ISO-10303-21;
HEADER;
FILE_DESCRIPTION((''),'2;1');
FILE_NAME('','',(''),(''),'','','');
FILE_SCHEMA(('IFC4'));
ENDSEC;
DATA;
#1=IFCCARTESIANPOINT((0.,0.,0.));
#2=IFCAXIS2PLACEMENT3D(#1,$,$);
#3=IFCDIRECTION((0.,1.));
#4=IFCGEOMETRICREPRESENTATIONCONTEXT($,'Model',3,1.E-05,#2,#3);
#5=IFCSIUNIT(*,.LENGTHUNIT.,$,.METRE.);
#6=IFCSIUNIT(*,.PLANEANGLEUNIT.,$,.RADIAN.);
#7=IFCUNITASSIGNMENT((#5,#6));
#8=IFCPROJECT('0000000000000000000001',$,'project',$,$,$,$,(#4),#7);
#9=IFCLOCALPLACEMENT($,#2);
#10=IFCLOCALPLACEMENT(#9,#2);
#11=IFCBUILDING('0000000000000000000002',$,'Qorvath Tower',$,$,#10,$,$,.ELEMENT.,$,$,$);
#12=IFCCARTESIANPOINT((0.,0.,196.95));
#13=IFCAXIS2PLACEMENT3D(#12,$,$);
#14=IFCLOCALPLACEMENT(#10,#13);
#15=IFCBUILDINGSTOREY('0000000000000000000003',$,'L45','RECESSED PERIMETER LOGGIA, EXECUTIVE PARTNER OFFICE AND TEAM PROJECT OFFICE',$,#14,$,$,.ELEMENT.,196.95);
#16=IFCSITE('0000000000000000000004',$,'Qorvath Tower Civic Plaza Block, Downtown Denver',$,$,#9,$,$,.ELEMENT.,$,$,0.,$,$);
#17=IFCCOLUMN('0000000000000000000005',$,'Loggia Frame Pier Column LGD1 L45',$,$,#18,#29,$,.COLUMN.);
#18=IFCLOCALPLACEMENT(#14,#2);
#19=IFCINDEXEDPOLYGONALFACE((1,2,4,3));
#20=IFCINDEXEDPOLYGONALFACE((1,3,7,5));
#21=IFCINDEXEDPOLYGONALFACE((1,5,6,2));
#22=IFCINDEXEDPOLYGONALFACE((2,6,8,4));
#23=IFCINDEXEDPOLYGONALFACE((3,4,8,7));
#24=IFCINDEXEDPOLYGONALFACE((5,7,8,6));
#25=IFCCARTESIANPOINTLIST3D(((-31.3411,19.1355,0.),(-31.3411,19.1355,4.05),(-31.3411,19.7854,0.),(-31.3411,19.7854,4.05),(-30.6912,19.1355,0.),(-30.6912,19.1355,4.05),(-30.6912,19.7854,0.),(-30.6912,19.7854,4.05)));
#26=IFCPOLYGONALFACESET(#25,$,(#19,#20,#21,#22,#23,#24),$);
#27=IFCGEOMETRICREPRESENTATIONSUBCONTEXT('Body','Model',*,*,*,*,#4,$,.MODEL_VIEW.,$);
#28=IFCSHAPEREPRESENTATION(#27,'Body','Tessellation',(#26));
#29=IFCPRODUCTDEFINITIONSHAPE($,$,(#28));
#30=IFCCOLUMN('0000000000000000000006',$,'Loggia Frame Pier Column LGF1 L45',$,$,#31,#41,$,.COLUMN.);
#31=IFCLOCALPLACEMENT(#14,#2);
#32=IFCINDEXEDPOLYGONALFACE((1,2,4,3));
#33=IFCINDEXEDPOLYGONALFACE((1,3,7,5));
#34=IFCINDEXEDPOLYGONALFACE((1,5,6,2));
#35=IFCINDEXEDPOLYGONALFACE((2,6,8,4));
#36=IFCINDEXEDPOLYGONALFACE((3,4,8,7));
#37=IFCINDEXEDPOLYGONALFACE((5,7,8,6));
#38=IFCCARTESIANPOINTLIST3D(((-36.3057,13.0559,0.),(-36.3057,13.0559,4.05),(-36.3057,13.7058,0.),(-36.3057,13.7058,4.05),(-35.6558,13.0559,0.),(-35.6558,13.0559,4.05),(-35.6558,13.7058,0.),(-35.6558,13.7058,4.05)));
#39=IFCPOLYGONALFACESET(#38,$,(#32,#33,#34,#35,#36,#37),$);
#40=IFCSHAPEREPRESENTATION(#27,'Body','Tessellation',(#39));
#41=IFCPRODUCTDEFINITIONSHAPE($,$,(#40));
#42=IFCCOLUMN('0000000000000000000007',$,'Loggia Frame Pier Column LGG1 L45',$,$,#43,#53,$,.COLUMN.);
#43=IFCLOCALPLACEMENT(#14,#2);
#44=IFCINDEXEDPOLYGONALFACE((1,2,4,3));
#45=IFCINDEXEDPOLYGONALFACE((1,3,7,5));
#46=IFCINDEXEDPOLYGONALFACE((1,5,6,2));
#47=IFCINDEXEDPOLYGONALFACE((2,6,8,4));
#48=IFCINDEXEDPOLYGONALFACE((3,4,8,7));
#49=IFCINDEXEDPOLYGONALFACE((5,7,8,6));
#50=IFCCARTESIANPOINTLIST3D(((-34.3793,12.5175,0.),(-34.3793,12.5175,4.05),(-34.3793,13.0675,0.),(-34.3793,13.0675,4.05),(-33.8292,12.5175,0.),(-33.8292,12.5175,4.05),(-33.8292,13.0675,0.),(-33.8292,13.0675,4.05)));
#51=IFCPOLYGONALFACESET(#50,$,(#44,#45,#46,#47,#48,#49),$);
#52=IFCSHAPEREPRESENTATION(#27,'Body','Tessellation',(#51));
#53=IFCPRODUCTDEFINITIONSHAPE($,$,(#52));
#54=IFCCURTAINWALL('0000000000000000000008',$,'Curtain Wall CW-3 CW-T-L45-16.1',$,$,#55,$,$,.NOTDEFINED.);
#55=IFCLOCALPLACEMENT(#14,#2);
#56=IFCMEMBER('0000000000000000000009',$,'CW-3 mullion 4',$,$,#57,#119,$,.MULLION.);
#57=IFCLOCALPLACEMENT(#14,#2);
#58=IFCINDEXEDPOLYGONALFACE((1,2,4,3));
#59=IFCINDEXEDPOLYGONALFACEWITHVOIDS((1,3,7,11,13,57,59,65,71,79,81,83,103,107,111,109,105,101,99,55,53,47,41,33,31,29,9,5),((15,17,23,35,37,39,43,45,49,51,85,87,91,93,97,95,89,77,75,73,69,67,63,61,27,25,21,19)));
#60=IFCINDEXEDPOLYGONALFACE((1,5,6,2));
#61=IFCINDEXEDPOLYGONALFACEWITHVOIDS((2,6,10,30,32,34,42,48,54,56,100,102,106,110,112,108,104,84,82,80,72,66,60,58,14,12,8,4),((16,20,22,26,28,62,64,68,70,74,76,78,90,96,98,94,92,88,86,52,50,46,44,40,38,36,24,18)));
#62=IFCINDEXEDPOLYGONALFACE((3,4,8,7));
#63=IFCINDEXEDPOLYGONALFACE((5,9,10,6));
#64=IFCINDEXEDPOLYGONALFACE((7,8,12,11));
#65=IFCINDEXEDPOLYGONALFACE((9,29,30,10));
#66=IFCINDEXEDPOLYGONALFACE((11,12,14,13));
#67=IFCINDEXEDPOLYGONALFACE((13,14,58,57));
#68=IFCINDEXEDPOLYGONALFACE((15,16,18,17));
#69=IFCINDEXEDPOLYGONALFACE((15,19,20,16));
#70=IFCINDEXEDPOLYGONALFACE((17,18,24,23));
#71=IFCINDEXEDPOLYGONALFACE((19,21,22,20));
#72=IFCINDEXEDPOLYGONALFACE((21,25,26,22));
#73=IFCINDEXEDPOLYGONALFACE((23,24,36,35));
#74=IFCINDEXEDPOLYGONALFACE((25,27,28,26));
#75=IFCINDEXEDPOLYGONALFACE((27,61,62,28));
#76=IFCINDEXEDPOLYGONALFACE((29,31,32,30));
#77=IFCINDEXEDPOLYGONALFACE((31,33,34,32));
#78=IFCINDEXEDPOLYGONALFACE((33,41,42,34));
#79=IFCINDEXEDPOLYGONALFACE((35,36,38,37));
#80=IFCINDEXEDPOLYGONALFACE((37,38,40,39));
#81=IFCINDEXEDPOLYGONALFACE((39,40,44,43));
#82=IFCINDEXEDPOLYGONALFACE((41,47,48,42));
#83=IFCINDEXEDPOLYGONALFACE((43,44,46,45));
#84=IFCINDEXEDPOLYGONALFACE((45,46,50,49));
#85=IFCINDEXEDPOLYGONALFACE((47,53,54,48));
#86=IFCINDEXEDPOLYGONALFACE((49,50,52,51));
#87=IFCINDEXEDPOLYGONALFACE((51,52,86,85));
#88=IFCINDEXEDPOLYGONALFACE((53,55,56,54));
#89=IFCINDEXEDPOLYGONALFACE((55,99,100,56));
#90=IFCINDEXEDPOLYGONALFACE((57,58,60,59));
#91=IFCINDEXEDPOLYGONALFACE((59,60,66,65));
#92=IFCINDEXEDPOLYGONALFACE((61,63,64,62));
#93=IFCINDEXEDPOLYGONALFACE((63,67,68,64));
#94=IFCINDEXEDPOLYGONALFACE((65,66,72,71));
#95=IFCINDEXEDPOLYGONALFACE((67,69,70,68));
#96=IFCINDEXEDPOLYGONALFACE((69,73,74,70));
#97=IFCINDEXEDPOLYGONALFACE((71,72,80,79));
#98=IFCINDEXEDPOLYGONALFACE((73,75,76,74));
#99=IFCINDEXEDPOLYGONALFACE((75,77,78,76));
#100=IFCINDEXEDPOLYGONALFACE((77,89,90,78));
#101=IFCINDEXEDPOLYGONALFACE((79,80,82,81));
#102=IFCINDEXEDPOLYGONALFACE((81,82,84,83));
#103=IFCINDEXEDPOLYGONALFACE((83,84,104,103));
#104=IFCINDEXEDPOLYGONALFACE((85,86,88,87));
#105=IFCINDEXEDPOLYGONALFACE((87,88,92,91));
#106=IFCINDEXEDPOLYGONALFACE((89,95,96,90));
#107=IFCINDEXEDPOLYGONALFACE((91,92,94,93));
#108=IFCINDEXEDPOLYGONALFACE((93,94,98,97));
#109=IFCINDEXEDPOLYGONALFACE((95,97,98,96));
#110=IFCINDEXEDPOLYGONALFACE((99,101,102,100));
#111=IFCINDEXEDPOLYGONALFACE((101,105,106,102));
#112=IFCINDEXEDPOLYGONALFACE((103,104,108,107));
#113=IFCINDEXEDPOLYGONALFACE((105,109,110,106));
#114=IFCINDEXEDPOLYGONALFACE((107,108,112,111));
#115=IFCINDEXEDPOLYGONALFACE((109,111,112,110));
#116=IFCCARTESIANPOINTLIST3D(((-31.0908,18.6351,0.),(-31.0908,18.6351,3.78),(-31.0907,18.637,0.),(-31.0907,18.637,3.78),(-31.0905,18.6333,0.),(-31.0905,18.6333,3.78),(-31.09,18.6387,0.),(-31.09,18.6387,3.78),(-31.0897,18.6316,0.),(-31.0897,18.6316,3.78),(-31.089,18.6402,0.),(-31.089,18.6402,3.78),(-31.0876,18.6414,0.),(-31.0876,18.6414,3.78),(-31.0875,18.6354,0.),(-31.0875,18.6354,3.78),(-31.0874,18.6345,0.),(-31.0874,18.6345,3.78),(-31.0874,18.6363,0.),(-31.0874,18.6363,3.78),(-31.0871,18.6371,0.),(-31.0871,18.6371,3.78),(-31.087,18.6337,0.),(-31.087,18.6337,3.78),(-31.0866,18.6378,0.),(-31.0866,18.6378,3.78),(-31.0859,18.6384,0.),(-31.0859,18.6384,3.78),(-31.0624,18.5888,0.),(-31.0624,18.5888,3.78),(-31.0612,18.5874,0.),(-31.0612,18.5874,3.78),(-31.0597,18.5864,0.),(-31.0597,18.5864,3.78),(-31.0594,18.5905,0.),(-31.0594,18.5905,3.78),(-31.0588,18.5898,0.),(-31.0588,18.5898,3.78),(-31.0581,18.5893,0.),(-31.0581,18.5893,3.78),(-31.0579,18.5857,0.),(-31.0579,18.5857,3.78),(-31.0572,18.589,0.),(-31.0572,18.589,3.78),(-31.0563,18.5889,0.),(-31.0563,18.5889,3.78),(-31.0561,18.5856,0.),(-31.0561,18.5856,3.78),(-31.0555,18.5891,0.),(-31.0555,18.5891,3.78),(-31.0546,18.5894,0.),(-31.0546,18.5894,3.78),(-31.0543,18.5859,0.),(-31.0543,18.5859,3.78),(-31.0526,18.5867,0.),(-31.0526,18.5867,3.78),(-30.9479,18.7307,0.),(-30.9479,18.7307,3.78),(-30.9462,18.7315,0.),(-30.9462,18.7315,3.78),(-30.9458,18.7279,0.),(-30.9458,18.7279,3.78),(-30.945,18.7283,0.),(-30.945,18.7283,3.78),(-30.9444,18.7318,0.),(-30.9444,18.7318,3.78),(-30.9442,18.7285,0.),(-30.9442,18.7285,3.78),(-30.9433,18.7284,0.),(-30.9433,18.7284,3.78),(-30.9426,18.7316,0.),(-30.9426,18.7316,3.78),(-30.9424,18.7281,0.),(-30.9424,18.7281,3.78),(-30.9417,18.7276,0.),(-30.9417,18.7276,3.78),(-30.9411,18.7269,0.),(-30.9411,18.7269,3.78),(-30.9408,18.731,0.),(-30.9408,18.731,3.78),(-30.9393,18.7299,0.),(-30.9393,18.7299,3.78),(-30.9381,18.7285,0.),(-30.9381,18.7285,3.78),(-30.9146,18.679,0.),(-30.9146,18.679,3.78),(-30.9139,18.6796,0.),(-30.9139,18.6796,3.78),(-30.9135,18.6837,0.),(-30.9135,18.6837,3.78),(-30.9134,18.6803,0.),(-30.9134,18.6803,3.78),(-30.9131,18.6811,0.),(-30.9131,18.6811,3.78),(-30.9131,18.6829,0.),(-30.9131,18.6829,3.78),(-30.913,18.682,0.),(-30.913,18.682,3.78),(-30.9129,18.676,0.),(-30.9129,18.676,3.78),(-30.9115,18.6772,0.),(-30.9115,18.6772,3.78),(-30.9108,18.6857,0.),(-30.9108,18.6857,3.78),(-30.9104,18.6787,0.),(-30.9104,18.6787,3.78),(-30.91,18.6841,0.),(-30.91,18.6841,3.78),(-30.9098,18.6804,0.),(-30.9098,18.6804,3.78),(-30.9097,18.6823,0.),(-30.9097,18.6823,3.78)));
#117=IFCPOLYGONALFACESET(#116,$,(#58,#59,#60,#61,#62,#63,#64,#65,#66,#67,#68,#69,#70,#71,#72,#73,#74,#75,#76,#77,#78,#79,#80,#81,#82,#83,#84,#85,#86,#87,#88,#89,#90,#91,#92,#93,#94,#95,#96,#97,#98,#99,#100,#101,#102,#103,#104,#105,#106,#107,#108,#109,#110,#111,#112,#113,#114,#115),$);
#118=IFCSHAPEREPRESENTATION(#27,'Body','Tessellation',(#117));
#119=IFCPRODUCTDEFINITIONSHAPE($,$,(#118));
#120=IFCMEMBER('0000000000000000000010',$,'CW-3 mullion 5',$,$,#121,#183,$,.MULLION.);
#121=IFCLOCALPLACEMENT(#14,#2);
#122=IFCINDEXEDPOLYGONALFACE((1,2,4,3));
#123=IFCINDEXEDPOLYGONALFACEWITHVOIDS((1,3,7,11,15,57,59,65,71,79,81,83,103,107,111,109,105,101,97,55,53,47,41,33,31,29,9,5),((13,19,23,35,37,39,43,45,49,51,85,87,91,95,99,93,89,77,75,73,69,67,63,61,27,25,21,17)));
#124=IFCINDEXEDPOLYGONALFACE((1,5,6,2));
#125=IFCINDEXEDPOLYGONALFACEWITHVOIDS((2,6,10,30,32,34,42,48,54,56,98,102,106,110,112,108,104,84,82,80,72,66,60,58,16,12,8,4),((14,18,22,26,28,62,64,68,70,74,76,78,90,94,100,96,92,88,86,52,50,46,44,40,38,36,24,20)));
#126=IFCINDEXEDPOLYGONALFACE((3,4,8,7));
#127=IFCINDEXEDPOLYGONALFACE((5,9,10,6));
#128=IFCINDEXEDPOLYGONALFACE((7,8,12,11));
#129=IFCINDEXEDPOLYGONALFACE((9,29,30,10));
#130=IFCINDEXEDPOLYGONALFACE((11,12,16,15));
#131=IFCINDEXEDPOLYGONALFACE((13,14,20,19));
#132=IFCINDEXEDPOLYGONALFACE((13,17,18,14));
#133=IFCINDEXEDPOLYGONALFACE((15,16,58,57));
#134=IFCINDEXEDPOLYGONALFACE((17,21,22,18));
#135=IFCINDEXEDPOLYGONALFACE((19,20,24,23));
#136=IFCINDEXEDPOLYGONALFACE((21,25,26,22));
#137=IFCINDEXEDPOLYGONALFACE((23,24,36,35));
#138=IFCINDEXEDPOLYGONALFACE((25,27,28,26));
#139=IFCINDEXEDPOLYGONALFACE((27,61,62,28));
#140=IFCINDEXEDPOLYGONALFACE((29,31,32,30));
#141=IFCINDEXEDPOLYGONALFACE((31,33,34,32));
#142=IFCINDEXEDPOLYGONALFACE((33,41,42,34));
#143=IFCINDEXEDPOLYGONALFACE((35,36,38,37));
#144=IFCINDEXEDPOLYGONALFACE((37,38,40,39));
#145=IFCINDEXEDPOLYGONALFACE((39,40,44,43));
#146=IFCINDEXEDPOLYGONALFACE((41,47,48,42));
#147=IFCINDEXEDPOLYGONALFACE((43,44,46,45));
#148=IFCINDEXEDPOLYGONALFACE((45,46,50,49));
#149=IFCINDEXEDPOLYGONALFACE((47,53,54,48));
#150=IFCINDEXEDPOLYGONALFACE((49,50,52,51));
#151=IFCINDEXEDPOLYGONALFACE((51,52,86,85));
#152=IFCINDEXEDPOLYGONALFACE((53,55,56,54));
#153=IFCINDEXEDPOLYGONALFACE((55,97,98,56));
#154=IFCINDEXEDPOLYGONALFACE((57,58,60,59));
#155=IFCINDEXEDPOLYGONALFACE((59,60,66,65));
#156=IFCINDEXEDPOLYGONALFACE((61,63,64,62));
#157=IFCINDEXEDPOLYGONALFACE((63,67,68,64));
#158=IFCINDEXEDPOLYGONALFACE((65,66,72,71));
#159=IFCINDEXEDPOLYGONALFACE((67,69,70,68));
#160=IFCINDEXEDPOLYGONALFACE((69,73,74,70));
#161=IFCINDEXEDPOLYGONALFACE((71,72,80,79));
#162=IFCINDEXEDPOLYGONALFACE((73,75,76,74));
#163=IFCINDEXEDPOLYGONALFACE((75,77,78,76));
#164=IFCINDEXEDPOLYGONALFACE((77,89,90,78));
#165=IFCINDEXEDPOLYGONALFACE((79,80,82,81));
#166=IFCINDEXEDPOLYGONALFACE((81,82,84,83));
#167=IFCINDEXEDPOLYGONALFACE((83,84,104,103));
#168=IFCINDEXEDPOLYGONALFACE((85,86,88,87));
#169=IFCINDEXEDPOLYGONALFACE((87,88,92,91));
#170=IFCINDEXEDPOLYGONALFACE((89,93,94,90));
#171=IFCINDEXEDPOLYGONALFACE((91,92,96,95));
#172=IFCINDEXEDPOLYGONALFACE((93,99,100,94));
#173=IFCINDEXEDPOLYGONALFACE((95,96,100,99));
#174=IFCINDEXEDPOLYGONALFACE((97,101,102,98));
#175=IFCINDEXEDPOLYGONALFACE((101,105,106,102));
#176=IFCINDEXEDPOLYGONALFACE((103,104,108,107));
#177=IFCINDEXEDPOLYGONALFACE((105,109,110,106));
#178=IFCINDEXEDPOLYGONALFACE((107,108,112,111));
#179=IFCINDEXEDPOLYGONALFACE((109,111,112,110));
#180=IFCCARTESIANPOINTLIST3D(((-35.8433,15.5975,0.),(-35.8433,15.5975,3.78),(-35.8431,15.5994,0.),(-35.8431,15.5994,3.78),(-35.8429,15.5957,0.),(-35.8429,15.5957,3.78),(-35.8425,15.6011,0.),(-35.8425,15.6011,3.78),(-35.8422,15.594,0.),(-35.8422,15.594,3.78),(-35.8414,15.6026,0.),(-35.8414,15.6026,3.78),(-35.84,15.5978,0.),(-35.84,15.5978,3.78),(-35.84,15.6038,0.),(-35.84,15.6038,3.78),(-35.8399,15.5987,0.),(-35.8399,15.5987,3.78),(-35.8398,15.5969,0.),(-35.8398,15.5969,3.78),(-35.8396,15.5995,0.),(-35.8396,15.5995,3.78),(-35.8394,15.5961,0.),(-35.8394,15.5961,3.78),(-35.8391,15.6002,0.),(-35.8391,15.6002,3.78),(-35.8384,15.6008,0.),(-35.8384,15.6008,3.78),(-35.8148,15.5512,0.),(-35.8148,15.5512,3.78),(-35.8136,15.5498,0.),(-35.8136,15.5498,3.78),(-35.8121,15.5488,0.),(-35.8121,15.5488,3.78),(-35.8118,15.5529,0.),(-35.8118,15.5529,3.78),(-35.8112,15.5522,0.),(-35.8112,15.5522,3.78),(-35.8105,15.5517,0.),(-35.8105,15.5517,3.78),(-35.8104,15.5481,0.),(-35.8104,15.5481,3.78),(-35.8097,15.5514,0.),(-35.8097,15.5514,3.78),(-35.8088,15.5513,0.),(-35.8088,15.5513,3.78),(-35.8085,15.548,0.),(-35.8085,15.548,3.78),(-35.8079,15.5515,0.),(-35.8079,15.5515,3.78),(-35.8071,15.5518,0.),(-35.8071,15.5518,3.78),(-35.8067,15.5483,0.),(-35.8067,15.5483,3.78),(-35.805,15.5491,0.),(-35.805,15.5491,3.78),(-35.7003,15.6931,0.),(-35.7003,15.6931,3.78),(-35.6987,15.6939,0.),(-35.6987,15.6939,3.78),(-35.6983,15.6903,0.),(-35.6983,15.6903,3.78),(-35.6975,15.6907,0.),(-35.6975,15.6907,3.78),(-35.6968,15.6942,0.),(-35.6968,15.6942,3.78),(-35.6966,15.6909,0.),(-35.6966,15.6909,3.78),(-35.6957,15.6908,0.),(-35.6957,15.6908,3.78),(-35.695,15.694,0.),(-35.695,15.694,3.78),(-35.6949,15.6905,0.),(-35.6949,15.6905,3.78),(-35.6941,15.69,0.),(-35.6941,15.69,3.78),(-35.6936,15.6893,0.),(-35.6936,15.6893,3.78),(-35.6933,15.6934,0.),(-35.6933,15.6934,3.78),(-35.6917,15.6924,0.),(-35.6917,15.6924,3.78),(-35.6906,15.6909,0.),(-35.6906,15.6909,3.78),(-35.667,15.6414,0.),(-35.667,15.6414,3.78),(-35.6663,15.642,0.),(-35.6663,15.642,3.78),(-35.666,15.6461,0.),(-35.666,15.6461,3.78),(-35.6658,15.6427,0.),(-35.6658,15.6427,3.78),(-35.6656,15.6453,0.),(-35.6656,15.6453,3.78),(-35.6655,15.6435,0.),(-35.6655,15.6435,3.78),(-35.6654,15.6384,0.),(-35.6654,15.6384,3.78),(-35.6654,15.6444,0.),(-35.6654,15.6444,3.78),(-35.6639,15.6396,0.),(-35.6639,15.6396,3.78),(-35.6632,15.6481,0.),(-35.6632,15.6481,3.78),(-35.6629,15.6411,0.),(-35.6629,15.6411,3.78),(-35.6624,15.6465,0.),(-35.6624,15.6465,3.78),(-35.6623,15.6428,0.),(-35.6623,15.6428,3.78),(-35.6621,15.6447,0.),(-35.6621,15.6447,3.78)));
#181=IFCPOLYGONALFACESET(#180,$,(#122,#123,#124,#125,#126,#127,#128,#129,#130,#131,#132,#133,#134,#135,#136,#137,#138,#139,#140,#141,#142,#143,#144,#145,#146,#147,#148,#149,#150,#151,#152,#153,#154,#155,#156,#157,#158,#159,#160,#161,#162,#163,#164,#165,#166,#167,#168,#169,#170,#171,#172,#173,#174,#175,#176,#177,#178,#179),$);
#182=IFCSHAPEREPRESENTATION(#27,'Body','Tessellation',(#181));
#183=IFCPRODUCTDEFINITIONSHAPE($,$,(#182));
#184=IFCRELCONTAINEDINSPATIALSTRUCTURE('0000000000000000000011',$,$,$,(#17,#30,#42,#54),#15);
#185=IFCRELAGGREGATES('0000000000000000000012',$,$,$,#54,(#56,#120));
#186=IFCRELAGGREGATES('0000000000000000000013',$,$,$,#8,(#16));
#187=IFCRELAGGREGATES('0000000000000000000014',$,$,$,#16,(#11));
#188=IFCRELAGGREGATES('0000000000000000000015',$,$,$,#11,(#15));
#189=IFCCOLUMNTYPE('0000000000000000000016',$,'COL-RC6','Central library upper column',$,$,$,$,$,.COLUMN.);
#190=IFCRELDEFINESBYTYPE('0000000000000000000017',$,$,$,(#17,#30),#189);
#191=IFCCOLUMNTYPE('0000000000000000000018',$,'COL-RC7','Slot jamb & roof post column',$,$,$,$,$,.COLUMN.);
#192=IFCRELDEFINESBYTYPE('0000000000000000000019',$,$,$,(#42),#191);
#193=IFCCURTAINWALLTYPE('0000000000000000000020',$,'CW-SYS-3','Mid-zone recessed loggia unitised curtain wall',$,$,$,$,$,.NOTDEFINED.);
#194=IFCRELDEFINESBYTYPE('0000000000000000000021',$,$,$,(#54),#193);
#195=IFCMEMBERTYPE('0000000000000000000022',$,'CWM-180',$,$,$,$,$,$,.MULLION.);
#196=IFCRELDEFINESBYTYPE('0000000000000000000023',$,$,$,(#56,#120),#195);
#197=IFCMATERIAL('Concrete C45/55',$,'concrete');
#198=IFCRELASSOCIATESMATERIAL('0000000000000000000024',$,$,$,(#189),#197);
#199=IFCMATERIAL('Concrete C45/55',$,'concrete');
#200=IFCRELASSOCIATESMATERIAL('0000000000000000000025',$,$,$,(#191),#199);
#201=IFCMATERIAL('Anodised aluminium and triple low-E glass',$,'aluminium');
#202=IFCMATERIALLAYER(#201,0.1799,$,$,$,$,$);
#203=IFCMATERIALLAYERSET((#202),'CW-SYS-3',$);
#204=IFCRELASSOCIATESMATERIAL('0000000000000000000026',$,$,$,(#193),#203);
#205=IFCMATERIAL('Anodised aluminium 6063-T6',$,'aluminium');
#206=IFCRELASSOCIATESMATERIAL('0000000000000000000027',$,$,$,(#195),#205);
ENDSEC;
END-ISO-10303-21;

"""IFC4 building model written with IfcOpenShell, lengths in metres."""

from ifc_helpers import new_model, si_unit, direction, frame, origin, origin_2d, place, context, subcontext, project, spatial, rectangle, hollow_rectangle, extrude, material, layer, layer_set, material_profile, profile_set, type_object, element, aggregate, save


model = new_model("IFC4")

# Units and contexts
model_context = context("Model", 3, precision=1e-05, world=origin(), true_north=direction((0.0, 1.0)))
body_context = subcontext(model_context, "Body", "Model", "MODEL_VIEW")
ifc_project = project(units=[si_unit("LENGTHUNIT", "METRE"), si_unit("PLANEANGLEUNIT", "RADIAN")], contexts=[model_context])

# Site, building, storey
site_placement = place(None, origin())
site = spatial("IfcSite", under=ifc_project, at=site_placement, Name="Qorvath Tower Civic Plaza Block, Downtown Denver", CompositionType="ELEMENT", RefElevation=0.0)
building_placement = place(site_placement, origin())
building = spatial("IfcBuilding", under=site, at=building_placement, Name="Qorvath Tower", CompositionType="ELEMENT")
storey_placement = place(building_placement, frame((0.0, 0.0, 196.95)))
storey = spatial("IfcBuildingStorey", under=building, at=storey_placement, Name="L45", Description="RECESSED PERIMETER LOGGIA, EXECUTIVE PARTNER OFFICE AND TEAM PROJECT OFFICE", CompositionType="ELEMENT", Elevation=196.95)

# Columns
ifc_material_1 = material(Name="Concrete C45/55", Category="concrete")
ifc_material_profile_1 = material_profile(ifc_material_1, rectangle(XDim=0.6499, YDim=0.6499, at=origin_2d()), Name="RC 650x650")
ifc_profile_set_1 = profile_set([ifc_material_profile_1], Name="Concrete C45/55")
column_type_1 = type_object("IfcColumnType", Name="COL-RC6", Description="Central library upper column", PredefinedType="COLUMN", material=ifc_profile_set_1)
for number, where, z_axis, x_axis, name in (
    (1, (-31.0161, 19.4604, 0.0), (0.0, 0.0, 1.0), (1.0, 0.0, 0.0), "Loggia Frame Pier Column LGD1 L45"),
    (2, (-35.9807, 13.3809, 0.0), (0.0, 0.0, 1.0), (1.0, 0.0, 0.0), "Loggia Frame Pier Column LGF1 L45"),
):
    element("IfcColumn", number, at=place(storey_placement, frame(where, z_axis=z_axis, x_axis=x_axis)), inside=storey, type_object=column_type_1, Name=name, PredefinedType="COLUMN", context=body_context, shape_type="SweptSolid", body=[
        extrude(rectangle(XDim=0.6499, YDim=0.6499, at=origin_2d()), origin(), (0.0, 0.0, 1.0), 4.05),
    ])
ifc_material_2 = material(Name="Concrete C45/55", Category="concrete")
ifc_material_profile_2 = material_profile(ifc_material_2, rectangle(XDim=0.55, YDim=0.55, at=origin_2d()), Name="RC 550x550")
ifc_profile_set_2 = profile_set([ifc_material_profile_2], Name="Concrete C45/55")
column_type_2 = type_object("IfcColumnType", Name="COL-RC7", Description="Slot jamb & roof post column", PredefinedType="COLUMN", material=ifc_profile_set_2)
column_placement = place(storey_placement, frame((-34.1042, 12.7925, 0.0), z_axis=(0.0, 0.0, 1.0), x_axis=(1.0, 0.0, 0.0)))
element("IfcColumn", 3, at=column_placement, inside=storey, type_object=column_type_2, Name="Loggia Frame Pier Column LGG1 L45", PredefinedType="COLUMN", context=body_context, shape_type="SweptSolid", body=[
    extrude(rectangle(XDim=0.55, YDim=0.55, at=origin_2d()), origin(), (0.0, 0.0, 1.0), 4.05),
])

# Curtain wall, members
ifc_material_3 = material(Name="Anodised aluminium and triple low-E glass", Category="aluminium")
ifc_layer_1 = layer(ifc_material_3, 0.1799)
ifc_layer_set_1 = layer_set([ifc_layer_1], Name="CW-SYS-3")
curtain_wall_type = type_object("IfcCurtainWallType", Name="CW-SYS-3", Description="Mid-zone recessed loggia unitised curtain wall", PredefinedType="NOTDEFINED", material=ifc_layer_set_1)
curtain_wall_placement = place(storey_placement, origin())
curtain_wall = element("IfcCurtainWall", 4, at=curtain_wall_placement, inside=storey, type_object=curtain_wall_type, Name="Curtain Wall CW-3 CW-T-L45-16.1", PredefinedType="NOTDEFINED")
ifc_material_4 = material(Name="Anodised aluminium 6063-T6", Category="aluminium")
ifc_material_profile_3 = material_profile(ifc_material_4, hollow_rectangle(XDim=0.0649, YDim=0.1799, WallThickness=0.0034, InnerFilletRadius=0.0034, OuterFilletRadius=0.0071, at=origin_2d()), Name="CWM 180x65")
ifc_profile_set_3 = profile_set([ifc_material_profile_3], Name="Anodised aluminium 6063-T6")
member_type_1 = type_object("IfcMemberType", Name="CWM-180", PredefinedType="MULLION", material=ifc_profile_set_3)
member_1_placement = place(storey_placement, frame((-31.0002, 18.6587, 0.0), z_axis=(0.0, 0.0, 1.0), x_axis=(0.538534, -0.842604, 0.0)))
member_1 = element("IfcMember", 5, at=member_1_placement, type_object=member_type_1, Name="CW-3 mullion 4", PredefinedType="MULLION", context=body_context, shape_type="SweptSolid", body=[
    extrude(hollow_rectangle(XDim=0.0649, YDim=0.1799, WallThickness=0.0034, InnerFilletRadius=0.0034, OuterFilletRadius=0.0071, at=origin_2d()), origin(), (0.0, 0.0, 1.0), 3.78),
])
member_2_placement = place(storey_placement, frame((-35.7527, 15.6211, 0.0), z_axis=(0.0, 0.0, 1.0), x_axis=(0.538534, -0.842604, 0.0)))
member_2 = element("IfcMember", 6, at=member_2_placement, type_object=member_type_1, Name="CW-3 mullion 5", PredefinedType="MULLION", context=body_context, shape_type="SweptSolid", body=[
    extrude(hollow_rectangle(XDim=0.0649, YDim=0.1799, WallThickness=0.0034, InnerFilletRadius=0.0034, OuterFilletRadius=0.0071, at=origin_2d()), origin(), (0.0, 0.0, 1.0), 3.78),
])
aggregate(curtain_wall, [member_1, member_2])

save(model, "model.ifc")
